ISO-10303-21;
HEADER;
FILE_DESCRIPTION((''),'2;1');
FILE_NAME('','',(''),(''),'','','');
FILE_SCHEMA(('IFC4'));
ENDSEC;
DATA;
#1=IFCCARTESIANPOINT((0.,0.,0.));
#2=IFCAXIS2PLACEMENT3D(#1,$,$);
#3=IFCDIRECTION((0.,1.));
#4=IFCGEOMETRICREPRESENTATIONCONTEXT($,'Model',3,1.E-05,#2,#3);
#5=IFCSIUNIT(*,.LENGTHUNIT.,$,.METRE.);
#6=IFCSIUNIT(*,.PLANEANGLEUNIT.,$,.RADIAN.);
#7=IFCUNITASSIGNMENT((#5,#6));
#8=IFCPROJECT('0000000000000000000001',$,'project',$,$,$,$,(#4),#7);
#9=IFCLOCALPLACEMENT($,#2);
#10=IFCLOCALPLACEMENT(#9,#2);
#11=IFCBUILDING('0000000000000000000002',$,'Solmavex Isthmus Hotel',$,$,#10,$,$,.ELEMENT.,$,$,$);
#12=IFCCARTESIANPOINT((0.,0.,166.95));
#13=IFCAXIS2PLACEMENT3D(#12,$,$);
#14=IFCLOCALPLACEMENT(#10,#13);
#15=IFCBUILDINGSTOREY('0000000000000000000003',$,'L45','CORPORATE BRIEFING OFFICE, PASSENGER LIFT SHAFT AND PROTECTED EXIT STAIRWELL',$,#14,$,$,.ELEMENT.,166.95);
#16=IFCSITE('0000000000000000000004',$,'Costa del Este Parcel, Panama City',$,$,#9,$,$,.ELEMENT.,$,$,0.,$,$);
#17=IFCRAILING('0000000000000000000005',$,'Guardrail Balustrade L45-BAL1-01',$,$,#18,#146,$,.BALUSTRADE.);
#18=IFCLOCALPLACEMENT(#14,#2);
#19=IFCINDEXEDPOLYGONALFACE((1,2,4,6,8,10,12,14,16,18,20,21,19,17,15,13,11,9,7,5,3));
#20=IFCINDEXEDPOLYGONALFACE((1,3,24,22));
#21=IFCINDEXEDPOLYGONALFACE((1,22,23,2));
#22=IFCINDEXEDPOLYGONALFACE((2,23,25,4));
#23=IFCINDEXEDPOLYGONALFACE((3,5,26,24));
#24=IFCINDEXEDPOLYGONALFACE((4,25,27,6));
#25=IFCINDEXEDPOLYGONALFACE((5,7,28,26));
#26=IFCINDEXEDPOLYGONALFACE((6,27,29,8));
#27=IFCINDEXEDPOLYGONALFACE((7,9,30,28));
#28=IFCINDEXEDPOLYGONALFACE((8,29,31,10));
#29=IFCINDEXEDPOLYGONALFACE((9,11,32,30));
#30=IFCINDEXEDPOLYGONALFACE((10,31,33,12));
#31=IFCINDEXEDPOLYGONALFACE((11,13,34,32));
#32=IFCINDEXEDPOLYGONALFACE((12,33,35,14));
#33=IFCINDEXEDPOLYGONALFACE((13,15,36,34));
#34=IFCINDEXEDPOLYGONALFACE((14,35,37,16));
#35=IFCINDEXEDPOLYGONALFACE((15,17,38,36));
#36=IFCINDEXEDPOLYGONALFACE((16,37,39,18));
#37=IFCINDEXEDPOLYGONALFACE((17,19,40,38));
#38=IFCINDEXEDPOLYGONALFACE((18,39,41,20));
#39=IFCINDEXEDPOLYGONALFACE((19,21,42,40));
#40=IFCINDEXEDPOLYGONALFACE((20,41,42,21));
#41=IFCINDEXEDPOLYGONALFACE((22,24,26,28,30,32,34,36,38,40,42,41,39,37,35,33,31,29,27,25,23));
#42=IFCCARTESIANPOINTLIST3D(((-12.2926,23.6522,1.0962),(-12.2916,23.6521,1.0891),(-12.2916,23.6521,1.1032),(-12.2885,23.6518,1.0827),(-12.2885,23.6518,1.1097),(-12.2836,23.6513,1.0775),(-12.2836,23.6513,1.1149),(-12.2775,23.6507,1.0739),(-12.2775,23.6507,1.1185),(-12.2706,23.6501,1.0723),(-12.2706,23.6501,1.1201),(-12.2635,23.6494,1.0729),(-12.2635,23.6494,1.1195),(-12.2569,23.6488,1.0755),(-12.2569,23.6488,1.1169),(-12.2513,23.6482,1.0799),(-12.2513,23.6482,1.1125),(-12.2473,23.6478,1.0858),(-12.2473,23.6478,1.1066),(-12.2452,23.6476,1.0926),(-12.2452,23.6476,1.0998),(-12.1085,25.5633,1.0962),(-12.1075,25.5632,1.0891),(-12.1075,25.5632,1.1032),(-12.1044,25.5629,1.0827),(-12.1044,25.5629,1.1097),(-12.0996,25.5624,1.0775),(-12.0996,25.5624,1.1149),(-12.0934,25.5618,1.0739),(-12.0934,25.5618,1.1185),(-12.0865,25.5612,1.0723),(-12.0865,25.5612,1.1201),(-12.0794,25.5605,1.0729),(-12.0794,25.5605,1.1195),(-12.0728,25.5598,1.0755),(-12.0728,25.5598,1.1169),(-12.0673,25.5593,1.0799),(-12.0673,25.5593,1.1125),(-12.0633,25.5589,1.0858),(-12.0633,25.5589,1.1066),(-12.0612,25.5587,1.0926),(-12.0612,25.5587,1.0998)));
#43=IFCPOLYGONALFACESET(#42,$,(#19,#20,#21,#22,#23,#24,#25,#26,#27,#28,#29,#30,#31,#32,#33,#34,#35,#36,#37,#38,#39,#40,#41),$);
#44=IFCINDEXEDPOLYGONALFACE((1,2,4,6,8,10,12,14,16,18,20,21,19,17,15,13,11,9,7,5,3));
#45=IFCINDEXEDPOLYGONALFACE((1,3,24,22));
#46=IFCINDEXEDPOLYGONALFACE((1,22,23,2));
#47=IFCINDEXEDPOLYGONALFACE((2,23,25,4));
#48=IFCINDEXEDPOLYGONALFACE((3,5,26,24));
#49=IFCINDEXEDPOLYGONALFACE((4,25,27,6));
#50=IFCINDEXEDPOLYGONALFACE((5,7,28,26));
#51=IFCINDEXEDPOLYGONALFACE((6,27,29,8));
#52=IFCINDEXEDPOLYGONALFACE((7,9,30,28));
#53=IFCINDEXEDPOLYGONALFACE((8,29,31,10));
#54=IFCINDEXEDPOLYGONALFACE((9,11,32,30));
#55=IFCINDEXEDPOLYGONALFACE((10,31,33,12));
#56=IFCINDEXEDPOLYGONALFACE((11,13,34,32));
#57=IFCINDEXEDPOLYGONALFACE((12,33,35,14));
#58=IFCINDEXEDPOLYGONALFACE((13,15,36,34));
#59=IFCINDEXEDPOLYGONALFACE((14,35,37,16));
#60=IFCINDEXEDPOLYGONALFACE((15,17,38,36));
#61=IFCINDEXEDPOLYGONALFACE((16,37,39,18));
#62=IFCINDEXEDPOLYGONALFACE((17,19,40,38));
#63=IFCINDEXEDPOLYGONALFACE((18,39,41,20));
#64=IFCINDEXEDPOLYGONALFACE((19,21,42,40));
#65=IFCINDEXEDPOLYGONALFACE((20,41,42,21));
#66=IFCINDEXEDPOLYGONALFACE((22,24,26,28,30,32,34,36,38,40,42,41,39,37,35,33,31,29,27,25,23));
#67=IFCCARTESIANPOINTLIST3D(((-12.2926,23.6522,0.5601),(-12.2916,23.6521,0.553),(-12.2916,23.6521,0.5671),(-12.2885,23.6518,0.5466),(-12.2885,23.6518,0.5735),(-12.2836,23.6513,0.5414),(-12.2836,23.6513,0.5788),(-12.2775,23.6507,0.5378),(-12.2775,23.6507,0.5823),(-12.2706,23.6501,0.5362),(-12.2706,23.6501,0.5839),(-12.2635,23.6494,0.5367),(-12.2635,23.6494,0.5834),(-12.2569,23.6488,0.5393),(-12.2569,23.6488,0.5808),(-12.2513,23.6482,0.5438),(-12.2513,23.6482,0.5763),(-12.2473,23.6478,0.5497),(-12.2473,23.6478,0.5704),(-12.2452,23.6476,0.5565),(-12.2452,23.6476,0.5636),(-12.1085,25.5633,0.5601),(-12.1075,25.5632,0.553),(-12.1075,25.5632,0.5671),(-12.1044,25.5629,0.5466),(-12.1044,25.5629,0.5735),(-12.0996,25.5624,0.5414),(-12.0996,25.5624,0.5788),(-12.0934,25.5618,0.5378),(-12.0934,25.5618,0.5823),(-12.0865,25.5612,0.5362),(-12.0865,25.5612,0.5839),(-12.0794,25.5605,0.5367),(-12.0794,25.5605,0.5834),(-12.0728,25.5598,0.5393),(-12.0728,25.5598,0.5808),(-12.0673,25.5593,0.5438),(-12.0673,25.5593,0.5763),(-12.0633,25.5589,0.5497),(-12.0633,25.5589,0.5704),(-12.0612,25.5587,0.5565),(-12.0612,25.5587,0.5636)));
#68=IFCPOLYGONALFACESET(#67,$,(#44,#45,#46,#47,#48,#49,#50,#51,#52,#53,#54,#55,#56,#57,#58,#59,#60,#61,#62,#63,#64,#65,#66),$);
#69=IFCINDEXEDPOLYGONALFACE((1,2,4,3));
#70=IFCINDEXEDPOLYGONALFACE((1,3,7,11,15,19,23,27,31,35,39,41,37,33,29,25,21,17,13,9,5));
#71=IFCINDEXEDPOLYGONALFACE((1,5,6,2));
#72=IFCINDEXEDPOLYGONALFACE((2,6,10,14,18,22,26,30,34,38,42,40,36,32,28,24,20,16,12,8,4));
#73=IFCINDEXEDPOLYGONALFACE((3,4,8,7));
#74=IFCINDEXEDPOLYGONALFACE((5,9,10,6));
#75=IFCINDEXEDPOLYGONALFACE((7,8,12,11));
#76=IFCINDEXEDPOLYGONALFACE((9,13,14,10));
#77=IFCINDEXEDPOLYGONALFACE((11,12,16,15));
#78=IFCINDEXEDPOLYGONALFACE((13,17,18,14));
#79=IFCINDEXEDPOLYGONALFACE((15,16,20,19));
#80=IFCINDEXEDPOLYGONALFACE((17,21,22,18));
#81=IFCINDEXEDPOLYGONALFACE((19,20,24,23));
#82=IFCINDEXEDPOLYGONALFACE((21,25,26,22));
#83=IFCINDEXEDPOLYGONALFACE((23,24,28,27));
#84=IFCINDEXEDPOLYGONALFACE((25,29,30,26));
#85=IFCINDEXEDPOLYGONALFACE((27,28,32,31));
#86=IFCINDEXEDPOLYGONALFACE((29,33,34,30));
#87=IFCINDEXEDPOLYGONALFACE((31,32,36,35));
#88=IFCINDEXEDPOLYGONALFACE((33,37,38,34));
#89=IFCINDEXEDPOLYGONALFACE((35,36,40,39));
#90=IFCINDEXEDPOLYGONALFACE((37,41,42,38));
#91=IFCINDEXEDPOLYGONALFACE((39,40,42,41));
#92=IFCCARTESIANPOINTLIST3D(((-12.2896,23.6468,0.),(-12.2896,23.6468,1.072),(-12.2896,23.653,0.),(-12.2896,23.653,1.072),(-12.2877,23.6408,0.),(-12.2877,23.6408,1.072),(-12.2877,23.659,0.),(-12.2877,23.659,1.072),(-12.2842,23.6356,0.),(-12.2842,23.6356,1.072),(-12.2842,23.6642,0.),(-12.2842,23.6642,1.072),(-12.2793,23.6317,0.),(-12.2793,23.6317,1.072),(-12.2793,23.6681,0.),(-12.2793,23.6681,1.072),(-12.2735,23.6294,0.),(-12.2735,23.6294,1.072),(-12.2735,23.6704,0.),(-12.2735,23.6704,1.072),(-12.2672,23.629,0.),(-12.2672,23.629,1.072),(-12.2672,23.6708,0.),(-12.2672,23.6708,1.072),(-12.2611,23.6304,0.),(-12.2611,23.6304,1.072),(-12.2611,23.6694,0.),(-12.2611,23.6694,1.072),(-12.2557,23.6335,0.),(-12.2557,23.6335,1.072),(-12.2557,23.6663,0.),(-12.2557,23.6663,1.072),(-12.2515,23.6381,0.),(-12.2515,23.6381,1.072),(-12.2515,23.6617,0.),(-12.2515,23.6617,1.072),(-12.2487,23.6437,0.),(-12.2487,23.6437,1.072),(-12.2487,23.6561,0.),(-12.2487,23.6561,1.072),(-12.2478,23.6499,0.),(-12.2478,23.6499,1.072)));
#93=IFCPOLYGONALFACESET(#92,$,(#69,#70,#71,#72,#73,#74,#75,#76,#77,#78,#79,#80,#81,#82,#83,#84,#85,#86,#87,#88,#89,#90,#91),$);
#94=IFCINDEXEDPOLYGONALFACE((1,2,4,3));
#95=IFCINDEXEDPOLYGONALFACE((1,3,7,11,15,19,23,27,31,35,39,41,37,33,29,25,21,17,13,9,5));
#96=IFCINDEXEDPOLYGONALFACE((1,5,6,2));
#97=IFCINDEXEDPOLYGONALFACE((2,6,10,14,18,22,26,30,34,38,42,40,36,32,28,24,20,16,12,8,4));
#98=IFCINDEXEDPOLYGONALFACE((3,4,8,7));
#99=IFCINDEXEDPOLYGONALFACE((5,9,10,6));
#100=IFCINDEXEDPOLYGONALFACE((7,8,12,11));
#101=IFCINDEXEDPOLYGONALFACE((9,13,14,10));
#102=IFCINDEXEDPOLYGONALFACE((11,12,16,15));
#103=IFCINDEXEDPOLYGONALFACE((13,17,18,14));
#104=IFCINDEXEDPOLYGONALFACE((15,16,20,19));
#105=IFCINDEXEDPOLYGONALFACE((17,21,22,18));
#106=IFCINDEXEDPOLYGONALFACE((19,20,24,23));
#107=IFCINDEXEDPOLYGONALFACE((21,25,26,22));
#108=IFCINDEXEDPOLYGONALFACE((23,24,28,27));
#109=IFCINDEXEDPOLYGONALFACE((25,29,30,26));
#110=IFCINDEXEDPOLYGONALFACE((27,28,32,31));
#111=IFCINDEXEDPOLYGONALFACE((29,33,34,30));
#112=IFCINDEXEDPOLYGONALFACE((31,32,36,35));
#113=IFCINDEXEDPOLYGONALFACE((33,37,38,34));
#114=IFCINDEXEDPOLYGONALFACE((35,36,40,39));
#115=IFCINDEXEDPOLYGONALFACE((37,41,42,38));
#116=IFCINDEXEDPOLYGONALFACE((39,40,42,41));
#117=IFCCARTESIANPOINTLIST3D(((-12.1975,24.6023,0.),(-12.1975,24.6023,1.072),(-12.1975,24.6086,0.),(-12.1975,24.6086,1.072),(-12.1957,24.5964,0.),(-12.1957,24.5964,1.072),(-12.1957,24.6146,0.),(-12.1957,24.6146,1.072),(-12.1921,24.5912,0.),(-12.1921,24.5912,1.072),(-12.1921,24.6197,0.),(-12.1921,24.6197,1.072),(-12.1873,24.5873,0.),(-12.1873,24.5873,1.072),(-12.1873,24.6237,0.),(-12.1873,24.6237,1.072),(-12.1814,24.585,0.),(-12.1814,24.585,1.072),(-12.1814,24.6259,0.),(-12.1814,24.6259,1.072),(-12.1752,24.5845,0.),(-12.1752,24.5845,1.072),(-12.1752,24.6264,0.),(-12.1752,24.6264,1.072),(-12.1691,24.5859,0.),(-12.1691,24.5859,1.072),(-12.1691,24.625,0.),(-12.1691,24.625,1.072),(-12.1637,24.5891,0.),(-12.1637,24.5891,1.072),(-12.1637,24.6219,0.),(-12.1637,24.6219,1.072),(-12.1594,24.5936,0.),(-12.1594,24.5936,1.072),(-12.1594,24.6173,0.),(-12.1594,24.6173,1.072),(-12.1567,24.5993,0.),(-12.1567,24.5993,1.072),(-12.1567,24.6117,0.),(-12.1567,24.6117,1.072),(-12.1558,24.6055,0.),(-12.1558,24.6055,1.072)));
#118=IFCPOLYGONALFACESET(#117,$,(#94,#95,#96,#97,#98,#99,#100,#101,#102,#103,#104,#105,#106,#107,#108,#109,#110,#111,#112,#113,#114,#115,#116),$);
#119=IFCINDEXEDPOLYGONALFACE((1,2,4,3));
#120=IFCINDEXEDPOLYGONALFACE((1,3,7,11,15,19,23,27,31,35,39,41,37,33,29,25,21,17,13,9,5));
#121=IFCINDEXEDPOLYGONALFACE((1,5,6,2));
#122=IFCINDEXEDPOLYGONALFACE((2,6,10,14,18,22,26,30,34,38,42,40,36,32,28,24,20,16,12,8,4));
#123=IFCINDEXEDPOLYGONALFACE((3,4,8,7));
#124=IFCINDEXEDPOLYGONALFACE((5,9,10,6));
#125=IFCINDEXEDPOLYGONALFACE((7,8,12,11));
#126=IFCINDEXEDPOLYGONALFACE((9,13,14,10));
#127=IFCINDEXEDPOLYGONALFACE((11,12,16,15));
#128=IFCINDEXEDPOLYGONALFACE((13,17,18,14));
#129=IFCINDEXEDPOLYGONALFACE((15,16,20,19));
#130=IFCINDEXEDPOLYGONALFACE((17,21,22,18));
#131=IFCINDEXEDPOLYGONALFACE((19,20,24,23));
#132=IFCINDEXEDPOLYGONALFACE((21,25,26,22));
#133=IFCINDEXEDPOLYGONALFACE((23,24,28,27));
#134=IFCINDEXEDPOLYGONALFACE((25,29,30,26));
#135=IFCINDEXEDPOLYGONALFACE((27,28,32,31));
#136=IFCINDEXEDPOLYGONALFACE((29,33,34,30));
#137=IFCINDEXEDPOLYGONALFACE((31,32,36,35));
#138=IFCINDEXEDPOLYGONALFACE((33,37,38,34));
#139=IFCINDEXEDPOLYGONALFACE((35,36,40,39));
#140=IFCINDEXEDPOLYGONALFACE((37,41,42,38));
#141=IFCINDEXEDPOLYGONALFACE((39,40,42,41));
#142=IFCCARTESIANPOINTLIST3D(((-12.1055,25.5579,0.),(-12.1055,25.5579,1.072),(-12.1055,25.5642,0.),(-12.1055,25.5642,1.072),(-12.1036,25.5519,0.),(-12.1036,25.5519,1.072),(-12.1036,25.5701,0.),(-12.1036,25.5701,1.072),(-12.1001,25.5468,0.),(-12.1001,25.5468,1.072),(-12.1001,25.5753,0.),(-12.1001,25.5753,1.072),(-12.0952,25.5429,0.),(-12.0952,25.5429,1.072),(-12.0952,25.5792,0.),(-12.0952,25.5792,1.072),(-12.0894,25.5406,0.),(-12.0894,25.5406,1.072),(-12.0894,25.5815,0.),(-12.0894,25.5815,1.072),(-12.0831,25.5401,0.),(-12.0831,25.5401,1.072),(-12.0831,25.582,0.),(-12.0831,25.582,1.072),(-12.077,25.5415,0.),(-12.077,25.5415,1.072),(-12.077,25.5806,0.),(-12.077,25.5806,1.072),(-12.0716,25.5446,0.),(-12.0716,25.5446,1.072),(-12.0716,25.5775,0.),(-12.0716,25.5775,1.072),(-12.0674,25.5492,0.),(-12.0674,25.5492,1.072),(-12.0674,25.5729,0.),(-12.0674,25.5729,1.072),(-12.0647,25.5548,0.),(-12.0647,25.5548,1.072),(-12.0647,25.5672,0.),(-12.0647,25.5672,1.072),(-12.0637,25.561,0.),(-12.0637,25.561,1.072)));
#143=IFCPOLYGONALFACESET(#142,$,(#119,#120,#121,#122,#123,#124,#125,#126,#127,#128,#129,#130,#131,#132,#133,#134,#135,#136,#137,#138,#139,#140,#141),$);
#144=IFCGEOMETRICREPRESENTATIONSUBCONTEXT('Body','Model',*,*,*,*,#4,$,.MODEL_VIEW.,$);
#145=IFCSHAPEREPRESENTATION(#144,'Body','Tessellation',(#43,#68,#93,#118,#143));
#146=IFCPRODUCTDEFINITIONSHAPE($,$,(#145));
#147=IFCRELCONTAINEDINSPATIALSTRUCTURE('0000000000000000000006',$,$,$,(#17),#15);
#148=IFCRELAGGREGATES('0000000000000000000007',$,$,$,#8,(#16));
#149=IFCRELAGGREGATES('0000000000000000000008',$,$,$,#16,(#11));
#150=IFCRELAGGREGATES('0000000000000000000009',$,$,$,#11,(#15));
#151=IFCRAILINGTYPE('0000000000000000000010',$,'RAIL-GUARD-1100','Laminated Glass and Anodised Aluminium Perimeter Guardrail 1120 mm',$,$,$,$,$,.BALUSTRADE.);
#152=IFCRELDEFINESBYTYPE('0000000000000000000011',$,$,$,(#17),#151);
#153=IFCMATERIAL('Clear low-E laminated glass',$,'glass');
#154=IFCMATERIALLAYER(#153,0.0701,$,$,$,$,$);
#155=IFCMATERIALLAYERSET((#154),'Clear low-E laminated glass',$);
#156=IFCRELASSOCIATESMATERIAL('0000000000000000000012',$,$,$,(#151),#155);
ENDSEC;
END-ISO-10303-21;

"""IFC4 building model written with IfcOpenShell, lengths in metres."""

from ifc_helpers import new_model, si_unit, direction, frame, origin, origin_2d, place, context, subcontext, project, spatial, circle, extrude, material, layer, layer_set, type_object, element, save


model = new_model("IFC4")

# Units and contexts
model_context = context("Model", 3, precision=1e-05, world=origin(), true_north=direction((0.0, 1.0)))
body_context = subcontext(model_context, "Body", "Model", "MODEL_VIEW")
ifc_project = project(units=[si_unit("LENGTHUNIT", "METRE"), si_unit("PLANEANGLEUNIT", "RADIAN")], contexts=[model_context])

# Site, building, storey
site_placement = place(None, origin())
site = spatial("IfcSite", under=ifc_project, at=site_placement, Name="Costa del Este Parcel, Panama City", CompositionType="ELEMENT", RefElevation=0.0)
building_placement = place(site_placement, origin())
building = spatial("IfcBuilding", under=site, at=building_placement, Name="Solmavex Isthmus Hotel", CompositionType="ELEMENT")
storey_placement = place(building_placement, frame((0.0, 0.0, 166.95)))
storey = spatial("IfcBuildingStorey", under=building, at=storey_placement, Name="L45", Description="CORPORATE BRIEFING OFFICE, PASSENGER LIFT SHAFT AND PROTECTED EXIT STAIRWELL", CompositionType="ELEMENT", Elevation=166.95)

# Shared definitions
ifc_material_1 = material(Name="Clear low-E laminated glass", Category="glass")

# Railing
ifc_layer_1 = layer(ifc_material_1, 0.0701)
ifc_layer_set_1 = layer_set([ifc_layer_1], Name="Clear low-E laminated glass")
railing_type = type_object("IfcRailingType", Name="RAIL-GUARD-1100", Description="Laminated Glass and Anodised Aluminium Perimeter Guardrail 1120 mm", PredefinedType="BALUSTRADE", material=ifc_layer_set_1)
railing_1_placement = place(storey_placement, frame((-12.2688, 23.6499, 0.0)))
element("IfcRailing", 1, at=railing_1_placement, inside=storey, type_object=railing_type, Name="Guardrail Balustrade L45-BAL1-01", PredefinedType="BALUSTRADE", context=body_context, shape_type="SweptSolid", body=[
    extrude(circle(Radius=0.0239, at=origin_2d()), frame((0.0, 0.0, 1.0962), z_axis=(0.095877, 0.995393, 0.0), x_axis=(-0.995393, 0.095877, 0.0)), (0.0, 0.0, 1.0), 1.9199),
    extrude(circle(Radius=0.0239, at=origin_2d()), frame((0.0, 0.0, 0.5601), z_axis=(0.095877, 0.995393, 0.0), x_axis=(-0.995393, 0.095877, 0.0)), (0.0, 0.0, 1.0), 1.9199),
    extrude(circle(Radius=0.021, at=origin_2d()), origin(), (0.0, 0.0, 1.0), 1.072),
    extrude(circle(Radius=0.021, at=origin_2d()), frame((0.092, 0.9556, 0.0)), (0.0, 0.0, 1.0), 1.072),
    extrude(circle(Radius=0.021, at=origin_2d()), frame((0.1841, 1.9111, 0.0)), (0.0, 0.0, 1.0), 1.072),
])

save(model, "model.ifc")
